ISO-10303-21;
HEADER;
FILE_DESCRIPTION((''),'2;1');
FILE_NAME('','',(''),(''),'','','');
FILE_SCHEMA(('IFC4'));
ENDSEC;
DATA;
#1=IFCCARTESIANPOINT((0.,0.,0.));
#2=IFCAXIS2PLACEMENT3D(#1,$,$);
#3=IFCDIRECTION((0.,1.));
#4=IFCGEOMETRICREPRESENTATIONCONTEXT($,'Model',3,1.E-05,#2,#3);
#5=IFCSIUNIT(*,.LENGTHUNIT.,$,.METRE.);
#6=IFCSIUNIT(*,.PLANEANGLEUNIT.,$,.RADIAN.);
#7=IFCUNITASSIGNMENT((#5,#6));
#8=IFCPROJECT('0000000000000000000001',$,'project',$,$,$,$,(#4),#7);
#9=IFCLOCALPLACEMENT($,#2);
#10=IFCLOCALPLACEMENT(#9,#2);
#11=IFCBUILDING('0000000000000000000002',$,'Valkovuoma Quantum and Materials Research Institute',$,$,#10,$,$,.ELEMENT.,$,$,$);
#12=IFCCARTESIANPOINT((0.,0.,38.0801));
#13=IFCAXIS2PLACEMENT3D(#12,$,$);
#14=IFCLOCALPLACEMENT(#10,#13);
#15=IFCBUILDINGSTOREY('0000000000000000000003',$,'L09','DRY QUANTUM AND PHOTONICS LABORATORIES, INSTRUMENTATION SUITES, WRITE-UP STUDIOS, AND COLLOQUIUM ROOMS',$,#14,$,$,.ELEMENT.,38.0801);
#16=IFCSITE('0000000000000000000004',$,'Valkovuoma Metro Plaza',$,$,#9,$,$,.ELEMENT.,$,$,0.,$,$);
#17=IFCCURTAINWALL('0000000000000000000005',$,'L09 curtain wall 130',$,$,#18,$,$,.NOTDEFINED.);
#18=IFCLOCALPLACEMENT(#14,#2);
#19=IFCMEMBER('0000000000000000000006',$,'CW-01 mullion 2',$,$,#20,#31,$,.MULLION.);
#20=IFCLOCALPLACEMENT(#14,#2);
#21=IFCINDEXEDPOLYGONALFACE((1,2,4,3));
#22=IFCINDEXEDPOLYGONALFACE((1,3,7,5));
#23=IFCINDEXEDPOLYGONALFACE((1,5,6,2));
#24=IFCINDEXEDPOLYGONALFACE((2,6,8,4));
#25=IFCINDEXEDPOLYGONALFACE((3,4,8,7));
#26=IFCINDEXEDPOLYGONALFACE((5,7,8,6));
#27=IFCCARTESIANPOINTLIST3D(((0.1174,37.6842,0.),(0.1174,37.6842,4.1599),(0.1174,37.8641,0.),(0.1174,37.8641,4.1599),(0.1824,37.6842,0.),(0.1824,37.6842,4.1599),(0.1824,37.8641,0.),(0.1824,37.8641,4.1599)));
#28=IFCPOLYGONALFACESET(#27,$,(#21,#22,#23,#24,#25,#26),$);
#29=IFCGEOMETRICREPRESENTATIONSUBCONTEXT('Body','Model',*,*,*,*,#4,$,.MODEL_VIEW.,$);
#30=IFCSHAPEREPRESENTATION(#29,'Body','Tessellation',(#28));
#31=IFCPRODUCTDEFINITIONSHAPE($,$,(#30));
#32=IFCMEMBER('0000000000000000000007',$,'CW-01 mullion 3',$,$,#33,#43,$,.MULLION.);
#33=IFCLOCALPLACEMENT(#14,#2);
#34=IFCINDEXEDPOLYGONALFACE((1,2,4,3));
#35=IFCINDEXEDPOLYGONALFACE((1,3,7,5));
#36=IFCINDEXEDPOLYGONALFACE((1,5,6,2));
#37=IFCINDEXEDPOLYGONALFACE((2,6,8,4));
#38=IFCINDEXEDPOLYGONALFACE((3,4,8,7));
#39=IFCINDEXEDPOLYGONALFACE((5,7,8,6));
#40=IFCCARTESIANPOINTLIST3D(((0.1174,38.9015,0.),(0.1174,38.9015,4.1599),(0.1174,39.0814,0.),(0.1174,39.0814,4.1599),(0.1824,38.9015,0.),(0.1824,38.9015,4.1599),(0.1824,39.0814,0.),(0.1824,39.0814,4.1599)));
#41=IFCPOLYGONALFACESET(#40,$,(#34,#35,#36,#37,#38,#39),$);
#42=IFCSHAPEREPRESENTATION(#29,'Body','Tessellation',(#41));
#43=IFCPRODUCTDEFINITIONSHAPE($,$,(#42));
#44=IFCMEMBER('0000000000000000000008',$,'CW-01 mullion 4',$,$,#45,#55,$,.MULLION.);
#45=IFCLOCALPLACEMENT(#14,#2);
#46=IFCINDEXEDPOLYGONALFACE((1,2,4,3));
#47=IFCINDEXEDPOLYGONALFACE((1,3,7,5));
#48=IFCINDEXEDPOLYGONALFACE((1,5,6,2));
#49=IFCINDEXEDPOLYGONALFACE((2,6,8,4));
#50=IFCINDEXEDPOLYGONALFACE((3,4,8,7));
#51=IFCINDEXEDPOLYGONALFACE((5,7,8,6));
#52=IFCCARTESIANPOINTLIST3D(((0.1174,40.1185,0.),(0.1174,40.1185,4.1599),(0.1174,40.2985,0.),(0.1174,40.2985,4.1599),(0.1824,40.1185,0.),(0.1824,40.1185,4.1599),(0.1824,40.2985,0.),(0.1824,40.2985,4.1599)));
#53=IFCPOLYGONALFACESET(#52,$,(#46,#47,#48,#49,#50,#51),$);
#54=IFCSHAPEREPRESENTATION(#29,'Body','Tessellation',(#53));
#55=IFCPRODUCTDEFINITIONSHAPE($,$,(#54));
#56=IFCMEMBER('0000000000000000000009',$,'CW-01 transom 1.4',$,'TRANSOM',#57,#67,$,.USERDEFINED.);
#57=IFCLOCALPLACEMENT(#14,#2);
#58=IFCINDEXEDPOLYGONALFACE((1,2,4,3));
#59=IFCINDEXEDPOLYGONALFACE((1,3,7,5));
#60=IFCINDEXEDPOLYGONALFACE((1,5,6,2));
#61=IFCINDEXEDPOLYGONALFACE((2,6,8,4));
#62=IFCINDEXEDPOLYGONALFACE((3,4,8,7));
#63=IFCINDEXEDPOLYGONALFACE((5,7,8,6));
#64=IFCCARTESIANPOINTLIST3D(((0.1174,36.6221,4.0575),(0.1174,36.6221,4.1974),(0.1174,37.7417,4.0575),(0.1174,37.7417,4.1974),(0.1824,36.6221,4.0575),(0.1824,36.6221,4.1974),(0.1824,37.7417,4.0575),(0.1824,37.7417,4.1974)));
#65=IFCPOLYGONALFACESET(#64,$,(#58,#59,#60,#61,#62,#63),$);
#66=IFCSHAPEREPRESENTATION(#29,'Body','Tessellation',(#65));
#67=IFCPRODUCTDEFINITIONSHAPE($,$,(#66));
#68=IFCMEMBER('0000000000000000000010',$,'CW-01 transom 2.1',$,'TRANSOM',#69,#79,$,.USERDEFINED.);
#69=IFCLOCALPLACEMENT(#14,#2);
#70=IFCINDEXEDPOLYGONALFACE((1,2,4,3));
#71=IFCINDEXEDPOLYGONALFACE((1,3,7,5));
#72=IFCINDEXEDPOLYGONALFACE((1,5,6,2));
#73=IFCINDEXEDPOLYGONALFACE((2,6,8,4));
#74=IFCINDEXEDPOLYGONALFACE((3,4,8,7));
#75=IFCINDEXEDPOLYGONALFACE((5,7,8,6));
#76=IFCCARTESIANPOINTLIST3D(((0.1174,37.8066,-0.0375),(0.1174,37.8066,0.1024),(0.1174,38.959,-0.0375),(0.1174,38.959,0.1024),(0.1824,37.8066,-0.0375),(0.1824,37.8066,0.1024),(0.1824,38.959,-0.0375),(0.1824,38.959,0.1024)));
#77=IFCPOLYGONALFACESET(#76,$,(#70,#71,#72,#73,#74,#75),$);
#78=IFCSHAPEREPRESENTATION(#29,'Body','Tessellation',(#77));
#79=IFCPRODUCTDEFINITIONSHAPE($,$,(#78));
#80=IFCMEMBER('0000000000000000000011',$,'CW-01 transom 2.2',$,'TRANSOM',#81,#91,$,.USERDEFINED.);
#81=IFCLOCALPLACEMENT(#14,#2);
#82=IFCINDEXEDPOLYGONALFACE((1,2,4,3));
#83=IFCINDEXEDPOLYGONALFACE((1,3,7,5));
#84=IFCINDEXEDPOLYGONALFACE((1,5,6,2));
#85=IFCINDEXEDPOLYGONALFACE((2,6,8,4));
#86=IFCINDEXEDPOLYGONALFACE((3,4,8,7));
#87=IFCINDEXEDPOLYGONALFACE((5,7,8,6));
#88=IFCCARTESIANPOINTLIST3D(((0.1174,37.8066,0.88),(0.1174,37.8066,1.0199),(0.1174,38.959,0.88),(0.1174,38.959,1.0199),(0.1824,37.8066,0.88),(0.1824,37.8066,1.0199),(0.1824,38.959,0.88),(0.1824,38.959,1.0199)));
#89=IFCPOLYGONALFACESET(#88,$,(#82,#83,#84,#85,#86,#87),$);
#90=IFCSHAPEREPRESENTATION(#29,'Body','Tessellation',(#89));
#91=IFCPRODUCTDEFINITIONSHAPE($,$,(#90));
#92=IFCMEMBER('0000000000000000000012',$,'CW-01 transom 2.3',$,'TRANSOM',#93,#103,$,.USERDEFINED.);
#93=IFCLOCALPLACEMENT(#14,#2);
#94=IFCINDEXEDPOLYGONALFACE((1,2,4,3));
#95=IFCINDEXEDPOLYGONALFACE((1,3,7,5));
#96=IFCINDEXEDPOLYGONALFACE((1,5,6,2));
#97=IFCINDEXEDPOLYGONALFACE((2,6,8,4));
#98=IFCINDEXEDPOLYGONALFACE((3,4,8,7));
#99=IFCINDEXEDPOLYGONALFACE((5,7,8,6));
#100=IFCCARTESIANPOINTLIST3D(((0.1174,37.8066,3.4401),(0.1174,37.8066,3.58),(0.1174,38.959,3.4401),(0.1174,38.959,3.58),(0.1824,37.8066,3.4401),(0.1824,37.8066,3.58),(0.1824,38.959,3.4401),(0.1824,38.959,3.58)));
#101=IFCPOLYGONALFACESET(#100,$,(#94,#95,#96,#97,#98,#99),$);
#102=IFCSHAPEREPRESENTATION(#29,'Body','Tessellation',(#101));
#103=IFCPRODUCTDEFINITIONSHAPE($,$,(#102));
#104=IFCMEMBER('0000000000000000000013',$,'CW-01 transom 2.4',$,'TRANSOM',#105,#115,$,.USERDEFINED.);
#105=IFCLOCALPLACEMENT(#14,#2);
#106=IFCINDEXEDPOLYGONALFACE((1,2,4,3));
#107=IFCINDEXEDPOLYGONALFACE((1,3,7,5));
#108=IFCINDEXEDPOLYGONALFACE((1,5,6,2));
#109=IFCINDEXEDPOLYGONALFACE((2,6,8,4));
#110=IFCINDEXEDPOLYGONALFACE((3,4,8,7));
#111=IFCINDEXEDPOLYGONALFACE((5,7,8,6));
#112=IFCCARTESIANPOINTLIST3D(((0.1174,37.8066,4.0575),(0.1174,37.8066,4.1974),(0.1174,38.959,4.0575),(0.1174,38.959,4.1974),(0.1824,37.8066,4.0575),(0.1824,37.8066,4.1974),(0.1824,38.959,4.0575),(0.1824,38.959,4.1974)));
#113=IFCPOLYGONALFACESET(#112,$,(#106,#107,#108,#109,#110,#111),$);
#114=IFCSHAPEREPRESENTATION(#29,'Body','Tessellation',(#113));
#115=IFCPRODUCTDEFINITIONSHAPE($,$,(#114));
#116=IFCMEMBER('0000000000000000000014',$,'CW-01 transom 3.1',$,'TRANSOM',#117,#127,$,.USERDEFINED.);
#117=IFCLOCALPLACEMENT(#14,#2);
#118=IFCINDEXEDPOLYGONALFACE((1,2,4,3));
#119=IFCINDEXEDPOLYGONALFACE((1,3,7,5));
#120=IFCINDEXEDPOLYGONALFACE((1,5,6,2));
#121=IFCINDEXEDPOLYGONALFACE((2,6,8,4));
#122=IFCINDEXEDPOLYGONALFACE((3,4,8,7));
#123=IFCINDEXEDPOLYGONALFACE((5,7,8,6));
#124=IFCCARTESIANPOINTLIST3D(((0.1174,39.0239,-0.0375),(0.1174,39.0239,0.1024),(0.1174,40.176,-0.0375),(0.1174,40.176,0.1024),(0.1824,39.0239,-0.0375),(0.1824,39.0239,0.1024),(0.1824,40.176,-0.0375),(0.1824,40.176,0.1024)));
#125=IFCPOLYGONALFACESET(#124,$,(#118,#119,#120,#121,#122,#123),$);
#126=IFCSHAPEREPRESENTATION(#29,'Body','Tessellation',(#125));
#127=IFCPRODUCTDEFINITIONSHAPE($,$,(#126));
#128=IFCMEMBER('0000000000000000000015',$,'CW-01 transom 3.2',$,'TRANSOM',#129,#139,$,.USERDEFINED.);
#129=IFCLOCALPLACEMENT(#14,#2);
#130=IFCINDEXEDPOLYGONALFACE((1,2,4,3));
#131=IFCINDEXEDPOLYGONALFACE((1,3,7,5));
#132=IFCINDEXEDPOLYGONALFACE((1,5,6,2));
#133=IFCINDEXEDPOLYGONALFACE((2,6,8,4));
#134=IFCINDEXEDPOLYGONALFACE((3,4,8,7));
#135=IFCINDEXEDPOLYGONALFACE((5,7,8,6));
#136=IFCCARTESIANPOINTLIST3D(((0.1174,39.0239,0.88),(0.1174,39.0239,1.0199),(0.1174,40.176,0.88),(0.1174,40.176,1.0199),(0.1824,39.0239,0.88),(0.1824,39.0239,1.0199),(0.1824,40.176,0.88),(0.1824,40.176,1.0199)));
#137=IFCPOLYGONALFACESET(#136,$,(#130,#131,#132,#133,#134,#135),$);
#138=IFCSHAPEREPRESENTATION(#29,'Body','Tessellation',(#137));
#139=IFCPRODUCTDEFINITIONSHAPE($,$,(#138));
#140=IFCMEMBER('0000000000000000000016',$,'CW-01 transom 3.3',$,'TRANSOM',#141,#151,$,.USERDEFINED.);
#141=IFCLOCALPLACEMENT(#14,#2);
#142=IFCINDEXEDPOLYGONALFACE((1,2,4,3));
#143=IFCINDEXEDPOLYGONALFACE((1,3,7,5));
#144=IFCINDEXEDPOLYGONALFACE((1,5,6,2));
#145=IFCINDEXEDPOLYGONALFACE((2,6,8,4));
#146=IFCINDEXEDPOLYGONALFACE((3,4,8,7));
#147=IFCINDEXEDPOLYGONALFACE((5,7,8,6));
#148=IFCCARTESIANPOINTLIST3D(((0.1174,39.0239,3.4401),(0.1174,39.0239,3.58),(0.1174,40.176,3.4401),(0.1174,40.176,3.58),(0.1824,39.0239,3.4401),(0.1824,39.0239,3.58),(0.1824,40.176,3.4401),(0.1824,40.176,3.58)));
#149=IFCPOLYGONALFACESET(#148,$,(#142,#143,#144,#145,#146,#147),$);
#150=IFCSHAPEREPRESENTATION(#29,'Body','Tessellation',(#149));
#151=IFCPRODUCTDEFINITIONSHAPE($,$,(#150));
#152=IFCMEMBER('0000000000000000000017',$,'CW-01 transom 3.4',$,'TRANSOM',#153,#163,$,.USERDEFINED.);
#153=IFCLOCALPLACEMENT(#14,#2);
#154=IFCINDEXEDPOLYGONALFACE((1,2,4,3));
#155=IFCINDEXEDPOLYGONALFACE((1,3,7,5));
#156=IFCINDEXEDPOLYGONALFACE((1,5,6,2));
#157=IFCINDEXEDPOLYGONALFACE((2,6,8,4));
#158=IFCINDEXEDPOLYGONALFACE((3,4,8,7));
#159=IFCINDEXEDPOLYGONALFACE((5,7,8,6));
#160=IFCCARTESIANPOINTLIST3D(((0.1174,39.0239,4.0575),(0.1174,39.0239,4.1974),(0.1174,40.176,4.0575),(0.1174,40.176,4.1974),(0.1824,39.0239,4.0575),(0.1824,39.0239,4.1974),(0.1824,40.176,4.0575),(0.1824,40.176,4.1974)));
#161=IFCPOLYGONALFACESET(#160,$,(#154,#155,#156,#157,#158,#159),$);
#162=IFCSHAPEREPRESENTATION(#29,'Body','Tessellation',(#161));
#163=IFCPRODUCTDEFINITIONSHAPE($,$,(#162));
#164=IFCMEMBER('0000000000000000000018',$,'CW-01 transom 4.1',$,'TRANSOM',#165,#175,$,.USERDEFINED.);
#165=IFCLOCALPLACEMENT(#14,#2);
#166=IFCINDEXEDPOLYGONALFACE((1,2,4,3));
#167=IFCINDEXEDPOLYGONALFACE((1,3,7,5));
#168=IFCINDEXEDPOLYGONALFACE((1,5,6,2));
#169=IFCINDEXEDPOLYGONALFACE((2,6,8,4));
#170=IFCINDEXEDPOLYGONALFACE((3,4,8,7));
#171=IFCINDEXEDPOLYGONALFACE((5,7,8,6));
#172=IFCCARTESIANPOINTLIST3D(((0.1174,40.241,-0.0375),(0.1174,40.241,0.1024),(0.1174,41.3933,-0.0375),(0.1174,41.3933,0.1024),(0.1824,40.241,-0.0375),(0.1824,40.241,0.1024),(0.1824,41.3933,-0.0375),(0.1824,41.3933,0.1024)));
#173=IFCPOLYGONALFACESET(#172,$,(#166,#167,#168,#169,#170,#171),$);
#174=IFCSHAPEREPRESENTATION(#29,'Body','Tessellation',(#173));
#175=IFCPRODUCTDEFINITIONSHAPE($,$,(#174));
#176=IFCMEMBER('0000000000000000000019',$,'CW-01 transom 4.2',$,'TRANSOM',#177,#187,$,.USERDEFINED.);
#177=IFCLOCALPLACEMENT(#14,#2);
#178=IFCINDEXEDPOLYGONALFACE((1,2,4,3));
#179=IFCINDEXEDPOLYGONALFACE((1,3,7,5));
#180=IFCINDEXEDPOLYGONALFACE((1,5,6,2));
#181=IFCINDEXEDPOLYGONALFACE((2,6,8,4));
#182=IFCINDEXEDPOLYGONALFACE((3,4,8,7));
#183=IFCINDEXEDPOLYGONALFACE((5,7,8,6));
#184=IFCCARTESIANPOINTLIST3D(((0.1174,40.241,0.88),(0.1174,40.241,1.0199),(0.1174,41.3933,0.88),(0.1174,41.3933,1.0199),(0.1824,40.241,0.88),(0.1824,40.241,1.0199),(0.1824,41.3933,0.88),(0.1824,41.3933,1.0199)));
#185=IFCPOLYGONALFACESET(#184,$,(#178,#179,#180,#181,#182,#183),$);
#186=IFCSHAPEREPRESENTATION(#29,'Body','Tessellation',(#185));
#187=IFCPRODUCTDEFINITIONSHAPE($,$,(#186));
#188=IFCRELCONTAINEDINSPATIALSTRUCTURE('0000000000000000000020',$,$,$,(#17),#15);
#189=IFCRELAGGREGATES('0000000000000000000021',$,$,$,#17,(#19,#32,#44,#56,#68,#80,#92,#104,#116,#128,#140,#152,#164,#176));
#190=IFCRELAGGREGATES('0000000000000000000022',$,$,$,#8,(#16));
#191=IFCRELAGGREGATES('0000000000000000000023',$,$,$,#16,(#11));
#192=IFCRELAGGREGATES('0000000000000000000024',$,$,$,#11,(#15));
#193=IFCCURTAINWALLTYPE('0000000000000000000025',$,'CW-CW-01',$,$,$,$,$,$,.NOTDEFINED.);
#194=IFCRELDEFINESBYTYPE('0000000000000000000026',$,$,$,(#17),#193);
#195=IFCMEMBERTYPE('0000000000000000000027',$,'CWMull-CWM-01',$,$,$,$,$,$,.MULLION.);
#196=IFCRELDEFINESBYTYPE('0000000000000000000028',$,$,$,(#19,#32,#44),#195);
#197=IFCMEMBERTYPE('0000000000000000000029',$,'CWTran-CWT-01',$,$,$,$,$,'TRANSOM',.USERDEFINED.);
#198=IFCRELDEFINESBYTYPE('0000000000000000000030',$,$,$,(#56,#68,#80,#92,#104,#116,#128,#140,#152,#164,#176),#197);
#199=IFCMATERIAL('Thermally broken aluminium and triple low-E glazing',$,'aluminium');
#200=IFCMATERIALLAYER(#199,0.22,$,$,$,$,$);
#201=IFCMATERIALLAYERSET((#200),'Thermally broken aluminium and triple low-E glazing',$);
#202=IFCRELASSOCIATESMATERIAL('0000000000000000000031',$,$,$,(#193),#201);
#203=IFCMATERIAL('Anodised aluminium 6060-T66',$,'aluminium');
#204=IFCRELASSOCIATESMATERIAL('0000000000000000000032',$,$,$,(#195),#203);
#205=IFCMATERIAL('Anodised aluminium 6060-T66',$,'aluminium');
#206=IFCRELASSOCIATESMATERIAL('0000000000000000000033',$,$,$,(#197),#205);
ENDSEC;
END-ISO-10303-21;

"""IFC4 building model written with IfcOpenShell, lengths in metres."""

from ifc_helpers import new_model, si_unit, direction, frame, origin, origin_2d, place, context, subcontext, project, spatial, rectangle, extrude, material, layer, layer_set, material_profile, profile_set, type_object, element, aggregate, save


model = new_model("IFC4")

# Units and contexts
model_context = context("Model", 3, precision=1e-05, world=origin(), true_north=direction((0.0, 1.0)))
body_context = subcontext(model_context, "Body", "Model", "MODEL_VIEW")
ifc_project = project(units=[si_unit("LENGTHUNIT", "METRE"), si_unit("PLANEANGLEUNIT", "RADIAN")], contexts=[model_context])

# Site, building, storey
site_placement = place(None, origin())
site = spatial("IfcSite", under=ifc_project, at=site_placement, Name="Valkovuoma Metro Plaza", CompositionType="ELEMENT", RefElevation=0.0)
building_placement = place(site_placement, origin())
building = spatial("IfcBuilding", under=site, at=building_placement, Name="Valkovuoma Quantum and Materials Research Institute", CompositionType="ELEMENT")
storey_placement = place(building_placement, frame((0.0, 0.0, 38.0801)))
storey = spatial("IfcBuildingStorey", under=building, at=storey_placement, Name="L09", Description="DRY QUANTUM AND PHOTONICS LABORATORIES, INSTRUMENTATION SUITES, WRITE-UP STUDIOS, AND COLLOQUIUM ROOMS", CompositionType="ELEMENT", Elevation=38.0801)

# Curtain wall, members
ifc_material_1 = material(Name="Thermally broken aluminium and triple low-E glazing", Category="aluminium")
ifc_layer_1 = layer(ifc_material_1, 0.22)
ifc_layer_set_1 = layer_set([ifc_layer_1], Name="Thermally broken aluminium and triple low-E glazing")
curtain_wall_type = type_object("IfcCurtainWallType", Name="CW-CW-01", PredefinedType="NOTDEFINED", material=ifc_layer_set_1)
curtain_wall_placement = place(storey_placement, origin())
curtain_wall = element("IfcCurtainWall", 1, at=curtain_wall_placement, inside=storey, type_object=curtain_wall_type, Name="L09 curtain wall 130", PredefinedType="NOTDEFINED")
ifc_material_2 = material(Name="Anodised aluminium 6060-T66", Category="aluminium")
ifc_material_profile_1 = material_profile(ifc_material_2, rectangle(XDim=0.0649, YDim=0.1799, at=origin_2d()), Name="Anodised aluminium 6060-T66")
ifc_profile_set_1 = profile_set([ifc_material_profile_1], Name="Anodised aluminium 6060-T66")
member_type_1 = type_object("IfcMemberType", Name="CWMull-CWM-01", PredefinedType="MULLION", material=ifc_profile_set_1)
member_1_placement = place(storey_placement, frame((0.1499, 37.7742, 0.0), z_axis=(0.0, 0.0, 1.0), x_axis=(-1.0, 0.0, 0.0)))
member_1 = element("IfcMember", 2, at=member_1_placement, type_object=member_type_1, Name="CW-01 mullion 2", PredefinedType="MULLION", context=body_context, shape_type="SweptSolid", body=[
    extrude(rectangle(XDim=0.0649, YDim=0.1799, at=origin_2d()), origin(), (0.0, 0.0, 1.0), 4.1599),
])
member_2_placement = place(storey_placement, frame((0.1499, 38.9915, 0.0), z_axis=(0.0, 0.0, 1.0), x_axis=(-1.0, 0.0, 0.0)))
member_2 = element("IfcMember", 3, at=member_2_placement, type_object=member_type_1, Name="CW-01 mullion 3", PredefinedType="MULLION", context=body_context, shape_type="SweptSolid", body=[
    extrude(rectangle(XDim=0.0649, YDim=0.1799, at=origin_2d()), origin(), (0.0, 0.0, 1.0), 4.1599),
])
member_3_placement = place(storey_placement, frame((0.1499, 40.2085, 0.0), z_axis=(0.0, 0.0, 1.0), x_axis=(-1.0, 0.0, 0.0)))
member_3 = element("IfcMember", 4, at=member_3_placement, type_object=member_type_1, Name="CW-01 mullion 4", PredefinedType="MULLION", context=body_context, shape_type="SweptSolid", body=[
    extrude(rectangle(XDim=0.0649, YDim=0.1799, at=origin_2d()), origin(), (0.0, 0.0, 1.0), 4.1599),
])
ifc_material_3 = material(Name="Anodised aluminium 6060-T66", Category="aluminium")
ifc_material_profile_2 = material_profile(ifc_material_3, rectangle(XDim=0.0649, YDim=0.1399, at=origin_2d()), Name="Anodised aluminium 6060-T66")
ifc_profile_set_2 = profile_set([ifc_material_profile_2], Name="Anodised aluminium 6060-T66")
member_type_2 = type_object("IfcMemberType", Name="CWTran-CWT-01", ElementType="TRANSOM", PredefinedType="USERDEFINED", material=ifc_profile_set_2)
member_4_placement = place(storey_placement, frame((0.1499, 36.6221, 4.1274), z_axis=(0.0, 1.0, 0.0), x_axis=(-1.0, 0.0, 0.0)))
member_4 = element("IfcMember", 5, at=member_4_placement, type_object=member_type_2, Name="CW-01 transom 1.4", ObjectType="TRANSOM", PredefinedType="USERDEFINED", context=body_context, shape_type="SweptSolid", body=[
    extrude(rectangle(XDim=0.0649, YDim=0.1399, at=origin_2d()), origin(), (0.0, 0.0, 1.0), 1.1196),
])
member_5_placement = place(storey_placement, frame((0.1499, 37.8066, 0.0325), z_axis=(0.0, 1.0, 0.0), x_axis=(-1.0, 0.0, 0.0)))
member_5 = element("IfcMember", 6, at=member_5_placement, type_object=member_type_2, Name="CW-01 transom 2.1", ObjectType="TRANSOM", PredefinedType="USERDEFINED", context=body_context, shape_type="SweptSolid", body=[
    extrude(rectangle(XDim=0.0649, YDim=0.1399, at=origin_2d()), origin(), (0.0, 0.0, 1.0), 1.1523),
])
member_6_placement = place(storey_placement, frame((0.1499, 37.8066, 0.95), z_axis=(0.0, 1.0, 0.0), x_axis=(-1.0, 0.0, 0.0)))
member_6 = element("IfcMember", 7, at=member_6_placement, type_object=member_type_2, Name="CW-01 transom 2.2", ObjectType="TRANSOM", PredefinedType="USERDEFINED", context=body_context, shape_type="SweptSolid", body=[
    extrude(rectangle(XDim=0.0649, YDim=0.1399, at=origin_2d()), origin(), (0.0, 0.0, 1.0), 1.1523),
])
member_7_placement = place(storey_placement, frame((0.1499, 37.8066, 3.51), z_axis=(0.0, 1.0, 0.0), x_axis=(-1.0, 0.0, 0.0)))
member_7 = element("IfcMember", 8, at=member_7_placement, type_object=member_type_2, Name="CW-01 transom 2.3", ObjectType="TRANSOM", PredefinedType="USERDEFINED", context=body_context, shape_type="SweptSolid", body=[
    extrude(rectangle(XDim=0.0649, YDim=0.1399, at=origin_2d()), origin(), (0.0, 0.0, 1.0), 1.1523),
])
member_8_placement = place(storey_placement, frame((0.1499, 37.8066, 4.1274), z_axis=(0.0, 1.0, 0.0), x_axis=(-1.0, 0.0, 0.0)))
member_8 = element("IfcMember", 9, at=member_8_placement, type_object=member_type_2, Name="CW-01 transom 2.4", ObjectType="TRANSOM", PredefinedType="USERDEFINED", context=body_context, shape_type="SweptSolid", body=[
    extrude(rectangle(XDim=0.0649, YDim=0.1399, at=origin_2d()), origin(), (0.0, 0.0, 1.0), 1.1523),
])
member_9_placement = place(storey_placement, frame((0.1499, 39.0239, 0.0325), z_axis=(0.0, 1.0, 0.0), x_axis=(-1.0, 0.0, 0.0)))
member_9 = element("IfcMember", 10, at=member_9_placement, type_object=member_type_2, Name="CW-01 transom 3.1", ObjectType="TRANSOM", PredefinedType="USERDEFINED", context=body_context, shape_type="SweptSolid", body=[
    extrude(rectangle(XDim=0.0649, YDim=0.1399, at=origin_2d()), origin(), (0.0, 0.0, 1.0), 1.1521),
])
member_10_placement = place(storey_placement, frame((0.1499, 39.0239, 0.95), z_axis=(0.0, 1.0, 0.0), x_axis=(-1.0, 0.0, 0.0)))
member_10 = element("IfcMember", 11, at=member_10_placement, type_object=member_type_2, Name="CW-01 transom 3.2", ObjectType="TRANSOM", PredefinedType="USERDEFINED", context=body_context, shape_type="SweptSolid", body=[
    extrude(rectangle(XDim=0.0649, YDim=0.1399, at=origin_2d()), origin(), (0.0, 0.0, 1.0), 1.1521),
])
member_11_placement = place(storey_placement, frame((0.1499, 39.0239, 3.51), z_axis=(0.0, 1.0, 0.0), x_axis=(-1.0, 0.0, 0.0)))
member_11 = element("IfcMember", 12, at=member_11_placement, type_object=member_type_2, Name="CW-01 transom 3.3", ObjectType="TRANSOM", PredefinedType="USERDEFINED", context=body_context, shape_type="SweptSolid", body=[
    extrude(rectangle(XDim=0.0649, YDim=0.1399, at=origin_2d()), origin(), (0.0, 0.0, 1.0), 1.1521),
])
member_12_placement = place(storey_placement, frame((0.1499, 39.0239, 4.1274), z_axis=(0.0, 1.0, 0.0), x_axis=(-1.0, 0.0, 0.0)))
member_12 = element("IfcMember", 13, at=member_12_placement, type_object=member_type_2, Name="CW-01 transom 3.4", ObjectType="TRANSOM", PredefinedType="USERDEFINED", context=body_context, shape_type="SweptSolid", body=[
    extrude(rectangle(XDim=0.0649, YDim=0.1399, at=origin_2d()), origin(), (0.0, 0.0, 1.0), 1.1521),
])
member_13_placement = place(storey_placement, frame((0.1499, 40.241, 0.0325), z_axis=(0.0, 1.0, 0.0), x_axis=(-1.0, 0.0, 0.0)))
member_13 = element("IfcMember", 14, at=member_13_placement, type_object=member_type_2, Name="CW-01 transom 4.1", ObjectType="TRANSOM", PredefinedType="USERDEFINED", context=body_context, shape_type="SweptSolid", body=[
    extrude(rectangle(XDim=0.0649, YDim=0.1399, at=origin_2d()), origin(), (0.0, 0.0, 1.0), 1.1523),
])
member_14_placement = place(storey_placement, frame((0.1499, 40.241, 0.95), z_axis=(0.0, 1.0, 0.0), x_axis=(-1.0, 0.0, 0.0)))
member_14 = element("IfcMember", 15, at=member_14_placement, type_object=member_type_2, Name="CW-01 transom 4.2", ObjectType="TRANSOM", PredefinedType="USERDEFINED", context=body_context, shape_type="SweptSolid", body=[
    extrude(rectangle(XDim=0.0649, YDim=0.1399, at=origin_2d()), origin(), (0.0, 0.0, 1.0), 1.1523),
])
aggregate(curtain_wall, [member_1, member_2, member_3, member_4, member_5, member_6, member_7, member_8, member_9, member_10, member_11, member_12, member_13, member_14])

save(model, "model.ifc")
